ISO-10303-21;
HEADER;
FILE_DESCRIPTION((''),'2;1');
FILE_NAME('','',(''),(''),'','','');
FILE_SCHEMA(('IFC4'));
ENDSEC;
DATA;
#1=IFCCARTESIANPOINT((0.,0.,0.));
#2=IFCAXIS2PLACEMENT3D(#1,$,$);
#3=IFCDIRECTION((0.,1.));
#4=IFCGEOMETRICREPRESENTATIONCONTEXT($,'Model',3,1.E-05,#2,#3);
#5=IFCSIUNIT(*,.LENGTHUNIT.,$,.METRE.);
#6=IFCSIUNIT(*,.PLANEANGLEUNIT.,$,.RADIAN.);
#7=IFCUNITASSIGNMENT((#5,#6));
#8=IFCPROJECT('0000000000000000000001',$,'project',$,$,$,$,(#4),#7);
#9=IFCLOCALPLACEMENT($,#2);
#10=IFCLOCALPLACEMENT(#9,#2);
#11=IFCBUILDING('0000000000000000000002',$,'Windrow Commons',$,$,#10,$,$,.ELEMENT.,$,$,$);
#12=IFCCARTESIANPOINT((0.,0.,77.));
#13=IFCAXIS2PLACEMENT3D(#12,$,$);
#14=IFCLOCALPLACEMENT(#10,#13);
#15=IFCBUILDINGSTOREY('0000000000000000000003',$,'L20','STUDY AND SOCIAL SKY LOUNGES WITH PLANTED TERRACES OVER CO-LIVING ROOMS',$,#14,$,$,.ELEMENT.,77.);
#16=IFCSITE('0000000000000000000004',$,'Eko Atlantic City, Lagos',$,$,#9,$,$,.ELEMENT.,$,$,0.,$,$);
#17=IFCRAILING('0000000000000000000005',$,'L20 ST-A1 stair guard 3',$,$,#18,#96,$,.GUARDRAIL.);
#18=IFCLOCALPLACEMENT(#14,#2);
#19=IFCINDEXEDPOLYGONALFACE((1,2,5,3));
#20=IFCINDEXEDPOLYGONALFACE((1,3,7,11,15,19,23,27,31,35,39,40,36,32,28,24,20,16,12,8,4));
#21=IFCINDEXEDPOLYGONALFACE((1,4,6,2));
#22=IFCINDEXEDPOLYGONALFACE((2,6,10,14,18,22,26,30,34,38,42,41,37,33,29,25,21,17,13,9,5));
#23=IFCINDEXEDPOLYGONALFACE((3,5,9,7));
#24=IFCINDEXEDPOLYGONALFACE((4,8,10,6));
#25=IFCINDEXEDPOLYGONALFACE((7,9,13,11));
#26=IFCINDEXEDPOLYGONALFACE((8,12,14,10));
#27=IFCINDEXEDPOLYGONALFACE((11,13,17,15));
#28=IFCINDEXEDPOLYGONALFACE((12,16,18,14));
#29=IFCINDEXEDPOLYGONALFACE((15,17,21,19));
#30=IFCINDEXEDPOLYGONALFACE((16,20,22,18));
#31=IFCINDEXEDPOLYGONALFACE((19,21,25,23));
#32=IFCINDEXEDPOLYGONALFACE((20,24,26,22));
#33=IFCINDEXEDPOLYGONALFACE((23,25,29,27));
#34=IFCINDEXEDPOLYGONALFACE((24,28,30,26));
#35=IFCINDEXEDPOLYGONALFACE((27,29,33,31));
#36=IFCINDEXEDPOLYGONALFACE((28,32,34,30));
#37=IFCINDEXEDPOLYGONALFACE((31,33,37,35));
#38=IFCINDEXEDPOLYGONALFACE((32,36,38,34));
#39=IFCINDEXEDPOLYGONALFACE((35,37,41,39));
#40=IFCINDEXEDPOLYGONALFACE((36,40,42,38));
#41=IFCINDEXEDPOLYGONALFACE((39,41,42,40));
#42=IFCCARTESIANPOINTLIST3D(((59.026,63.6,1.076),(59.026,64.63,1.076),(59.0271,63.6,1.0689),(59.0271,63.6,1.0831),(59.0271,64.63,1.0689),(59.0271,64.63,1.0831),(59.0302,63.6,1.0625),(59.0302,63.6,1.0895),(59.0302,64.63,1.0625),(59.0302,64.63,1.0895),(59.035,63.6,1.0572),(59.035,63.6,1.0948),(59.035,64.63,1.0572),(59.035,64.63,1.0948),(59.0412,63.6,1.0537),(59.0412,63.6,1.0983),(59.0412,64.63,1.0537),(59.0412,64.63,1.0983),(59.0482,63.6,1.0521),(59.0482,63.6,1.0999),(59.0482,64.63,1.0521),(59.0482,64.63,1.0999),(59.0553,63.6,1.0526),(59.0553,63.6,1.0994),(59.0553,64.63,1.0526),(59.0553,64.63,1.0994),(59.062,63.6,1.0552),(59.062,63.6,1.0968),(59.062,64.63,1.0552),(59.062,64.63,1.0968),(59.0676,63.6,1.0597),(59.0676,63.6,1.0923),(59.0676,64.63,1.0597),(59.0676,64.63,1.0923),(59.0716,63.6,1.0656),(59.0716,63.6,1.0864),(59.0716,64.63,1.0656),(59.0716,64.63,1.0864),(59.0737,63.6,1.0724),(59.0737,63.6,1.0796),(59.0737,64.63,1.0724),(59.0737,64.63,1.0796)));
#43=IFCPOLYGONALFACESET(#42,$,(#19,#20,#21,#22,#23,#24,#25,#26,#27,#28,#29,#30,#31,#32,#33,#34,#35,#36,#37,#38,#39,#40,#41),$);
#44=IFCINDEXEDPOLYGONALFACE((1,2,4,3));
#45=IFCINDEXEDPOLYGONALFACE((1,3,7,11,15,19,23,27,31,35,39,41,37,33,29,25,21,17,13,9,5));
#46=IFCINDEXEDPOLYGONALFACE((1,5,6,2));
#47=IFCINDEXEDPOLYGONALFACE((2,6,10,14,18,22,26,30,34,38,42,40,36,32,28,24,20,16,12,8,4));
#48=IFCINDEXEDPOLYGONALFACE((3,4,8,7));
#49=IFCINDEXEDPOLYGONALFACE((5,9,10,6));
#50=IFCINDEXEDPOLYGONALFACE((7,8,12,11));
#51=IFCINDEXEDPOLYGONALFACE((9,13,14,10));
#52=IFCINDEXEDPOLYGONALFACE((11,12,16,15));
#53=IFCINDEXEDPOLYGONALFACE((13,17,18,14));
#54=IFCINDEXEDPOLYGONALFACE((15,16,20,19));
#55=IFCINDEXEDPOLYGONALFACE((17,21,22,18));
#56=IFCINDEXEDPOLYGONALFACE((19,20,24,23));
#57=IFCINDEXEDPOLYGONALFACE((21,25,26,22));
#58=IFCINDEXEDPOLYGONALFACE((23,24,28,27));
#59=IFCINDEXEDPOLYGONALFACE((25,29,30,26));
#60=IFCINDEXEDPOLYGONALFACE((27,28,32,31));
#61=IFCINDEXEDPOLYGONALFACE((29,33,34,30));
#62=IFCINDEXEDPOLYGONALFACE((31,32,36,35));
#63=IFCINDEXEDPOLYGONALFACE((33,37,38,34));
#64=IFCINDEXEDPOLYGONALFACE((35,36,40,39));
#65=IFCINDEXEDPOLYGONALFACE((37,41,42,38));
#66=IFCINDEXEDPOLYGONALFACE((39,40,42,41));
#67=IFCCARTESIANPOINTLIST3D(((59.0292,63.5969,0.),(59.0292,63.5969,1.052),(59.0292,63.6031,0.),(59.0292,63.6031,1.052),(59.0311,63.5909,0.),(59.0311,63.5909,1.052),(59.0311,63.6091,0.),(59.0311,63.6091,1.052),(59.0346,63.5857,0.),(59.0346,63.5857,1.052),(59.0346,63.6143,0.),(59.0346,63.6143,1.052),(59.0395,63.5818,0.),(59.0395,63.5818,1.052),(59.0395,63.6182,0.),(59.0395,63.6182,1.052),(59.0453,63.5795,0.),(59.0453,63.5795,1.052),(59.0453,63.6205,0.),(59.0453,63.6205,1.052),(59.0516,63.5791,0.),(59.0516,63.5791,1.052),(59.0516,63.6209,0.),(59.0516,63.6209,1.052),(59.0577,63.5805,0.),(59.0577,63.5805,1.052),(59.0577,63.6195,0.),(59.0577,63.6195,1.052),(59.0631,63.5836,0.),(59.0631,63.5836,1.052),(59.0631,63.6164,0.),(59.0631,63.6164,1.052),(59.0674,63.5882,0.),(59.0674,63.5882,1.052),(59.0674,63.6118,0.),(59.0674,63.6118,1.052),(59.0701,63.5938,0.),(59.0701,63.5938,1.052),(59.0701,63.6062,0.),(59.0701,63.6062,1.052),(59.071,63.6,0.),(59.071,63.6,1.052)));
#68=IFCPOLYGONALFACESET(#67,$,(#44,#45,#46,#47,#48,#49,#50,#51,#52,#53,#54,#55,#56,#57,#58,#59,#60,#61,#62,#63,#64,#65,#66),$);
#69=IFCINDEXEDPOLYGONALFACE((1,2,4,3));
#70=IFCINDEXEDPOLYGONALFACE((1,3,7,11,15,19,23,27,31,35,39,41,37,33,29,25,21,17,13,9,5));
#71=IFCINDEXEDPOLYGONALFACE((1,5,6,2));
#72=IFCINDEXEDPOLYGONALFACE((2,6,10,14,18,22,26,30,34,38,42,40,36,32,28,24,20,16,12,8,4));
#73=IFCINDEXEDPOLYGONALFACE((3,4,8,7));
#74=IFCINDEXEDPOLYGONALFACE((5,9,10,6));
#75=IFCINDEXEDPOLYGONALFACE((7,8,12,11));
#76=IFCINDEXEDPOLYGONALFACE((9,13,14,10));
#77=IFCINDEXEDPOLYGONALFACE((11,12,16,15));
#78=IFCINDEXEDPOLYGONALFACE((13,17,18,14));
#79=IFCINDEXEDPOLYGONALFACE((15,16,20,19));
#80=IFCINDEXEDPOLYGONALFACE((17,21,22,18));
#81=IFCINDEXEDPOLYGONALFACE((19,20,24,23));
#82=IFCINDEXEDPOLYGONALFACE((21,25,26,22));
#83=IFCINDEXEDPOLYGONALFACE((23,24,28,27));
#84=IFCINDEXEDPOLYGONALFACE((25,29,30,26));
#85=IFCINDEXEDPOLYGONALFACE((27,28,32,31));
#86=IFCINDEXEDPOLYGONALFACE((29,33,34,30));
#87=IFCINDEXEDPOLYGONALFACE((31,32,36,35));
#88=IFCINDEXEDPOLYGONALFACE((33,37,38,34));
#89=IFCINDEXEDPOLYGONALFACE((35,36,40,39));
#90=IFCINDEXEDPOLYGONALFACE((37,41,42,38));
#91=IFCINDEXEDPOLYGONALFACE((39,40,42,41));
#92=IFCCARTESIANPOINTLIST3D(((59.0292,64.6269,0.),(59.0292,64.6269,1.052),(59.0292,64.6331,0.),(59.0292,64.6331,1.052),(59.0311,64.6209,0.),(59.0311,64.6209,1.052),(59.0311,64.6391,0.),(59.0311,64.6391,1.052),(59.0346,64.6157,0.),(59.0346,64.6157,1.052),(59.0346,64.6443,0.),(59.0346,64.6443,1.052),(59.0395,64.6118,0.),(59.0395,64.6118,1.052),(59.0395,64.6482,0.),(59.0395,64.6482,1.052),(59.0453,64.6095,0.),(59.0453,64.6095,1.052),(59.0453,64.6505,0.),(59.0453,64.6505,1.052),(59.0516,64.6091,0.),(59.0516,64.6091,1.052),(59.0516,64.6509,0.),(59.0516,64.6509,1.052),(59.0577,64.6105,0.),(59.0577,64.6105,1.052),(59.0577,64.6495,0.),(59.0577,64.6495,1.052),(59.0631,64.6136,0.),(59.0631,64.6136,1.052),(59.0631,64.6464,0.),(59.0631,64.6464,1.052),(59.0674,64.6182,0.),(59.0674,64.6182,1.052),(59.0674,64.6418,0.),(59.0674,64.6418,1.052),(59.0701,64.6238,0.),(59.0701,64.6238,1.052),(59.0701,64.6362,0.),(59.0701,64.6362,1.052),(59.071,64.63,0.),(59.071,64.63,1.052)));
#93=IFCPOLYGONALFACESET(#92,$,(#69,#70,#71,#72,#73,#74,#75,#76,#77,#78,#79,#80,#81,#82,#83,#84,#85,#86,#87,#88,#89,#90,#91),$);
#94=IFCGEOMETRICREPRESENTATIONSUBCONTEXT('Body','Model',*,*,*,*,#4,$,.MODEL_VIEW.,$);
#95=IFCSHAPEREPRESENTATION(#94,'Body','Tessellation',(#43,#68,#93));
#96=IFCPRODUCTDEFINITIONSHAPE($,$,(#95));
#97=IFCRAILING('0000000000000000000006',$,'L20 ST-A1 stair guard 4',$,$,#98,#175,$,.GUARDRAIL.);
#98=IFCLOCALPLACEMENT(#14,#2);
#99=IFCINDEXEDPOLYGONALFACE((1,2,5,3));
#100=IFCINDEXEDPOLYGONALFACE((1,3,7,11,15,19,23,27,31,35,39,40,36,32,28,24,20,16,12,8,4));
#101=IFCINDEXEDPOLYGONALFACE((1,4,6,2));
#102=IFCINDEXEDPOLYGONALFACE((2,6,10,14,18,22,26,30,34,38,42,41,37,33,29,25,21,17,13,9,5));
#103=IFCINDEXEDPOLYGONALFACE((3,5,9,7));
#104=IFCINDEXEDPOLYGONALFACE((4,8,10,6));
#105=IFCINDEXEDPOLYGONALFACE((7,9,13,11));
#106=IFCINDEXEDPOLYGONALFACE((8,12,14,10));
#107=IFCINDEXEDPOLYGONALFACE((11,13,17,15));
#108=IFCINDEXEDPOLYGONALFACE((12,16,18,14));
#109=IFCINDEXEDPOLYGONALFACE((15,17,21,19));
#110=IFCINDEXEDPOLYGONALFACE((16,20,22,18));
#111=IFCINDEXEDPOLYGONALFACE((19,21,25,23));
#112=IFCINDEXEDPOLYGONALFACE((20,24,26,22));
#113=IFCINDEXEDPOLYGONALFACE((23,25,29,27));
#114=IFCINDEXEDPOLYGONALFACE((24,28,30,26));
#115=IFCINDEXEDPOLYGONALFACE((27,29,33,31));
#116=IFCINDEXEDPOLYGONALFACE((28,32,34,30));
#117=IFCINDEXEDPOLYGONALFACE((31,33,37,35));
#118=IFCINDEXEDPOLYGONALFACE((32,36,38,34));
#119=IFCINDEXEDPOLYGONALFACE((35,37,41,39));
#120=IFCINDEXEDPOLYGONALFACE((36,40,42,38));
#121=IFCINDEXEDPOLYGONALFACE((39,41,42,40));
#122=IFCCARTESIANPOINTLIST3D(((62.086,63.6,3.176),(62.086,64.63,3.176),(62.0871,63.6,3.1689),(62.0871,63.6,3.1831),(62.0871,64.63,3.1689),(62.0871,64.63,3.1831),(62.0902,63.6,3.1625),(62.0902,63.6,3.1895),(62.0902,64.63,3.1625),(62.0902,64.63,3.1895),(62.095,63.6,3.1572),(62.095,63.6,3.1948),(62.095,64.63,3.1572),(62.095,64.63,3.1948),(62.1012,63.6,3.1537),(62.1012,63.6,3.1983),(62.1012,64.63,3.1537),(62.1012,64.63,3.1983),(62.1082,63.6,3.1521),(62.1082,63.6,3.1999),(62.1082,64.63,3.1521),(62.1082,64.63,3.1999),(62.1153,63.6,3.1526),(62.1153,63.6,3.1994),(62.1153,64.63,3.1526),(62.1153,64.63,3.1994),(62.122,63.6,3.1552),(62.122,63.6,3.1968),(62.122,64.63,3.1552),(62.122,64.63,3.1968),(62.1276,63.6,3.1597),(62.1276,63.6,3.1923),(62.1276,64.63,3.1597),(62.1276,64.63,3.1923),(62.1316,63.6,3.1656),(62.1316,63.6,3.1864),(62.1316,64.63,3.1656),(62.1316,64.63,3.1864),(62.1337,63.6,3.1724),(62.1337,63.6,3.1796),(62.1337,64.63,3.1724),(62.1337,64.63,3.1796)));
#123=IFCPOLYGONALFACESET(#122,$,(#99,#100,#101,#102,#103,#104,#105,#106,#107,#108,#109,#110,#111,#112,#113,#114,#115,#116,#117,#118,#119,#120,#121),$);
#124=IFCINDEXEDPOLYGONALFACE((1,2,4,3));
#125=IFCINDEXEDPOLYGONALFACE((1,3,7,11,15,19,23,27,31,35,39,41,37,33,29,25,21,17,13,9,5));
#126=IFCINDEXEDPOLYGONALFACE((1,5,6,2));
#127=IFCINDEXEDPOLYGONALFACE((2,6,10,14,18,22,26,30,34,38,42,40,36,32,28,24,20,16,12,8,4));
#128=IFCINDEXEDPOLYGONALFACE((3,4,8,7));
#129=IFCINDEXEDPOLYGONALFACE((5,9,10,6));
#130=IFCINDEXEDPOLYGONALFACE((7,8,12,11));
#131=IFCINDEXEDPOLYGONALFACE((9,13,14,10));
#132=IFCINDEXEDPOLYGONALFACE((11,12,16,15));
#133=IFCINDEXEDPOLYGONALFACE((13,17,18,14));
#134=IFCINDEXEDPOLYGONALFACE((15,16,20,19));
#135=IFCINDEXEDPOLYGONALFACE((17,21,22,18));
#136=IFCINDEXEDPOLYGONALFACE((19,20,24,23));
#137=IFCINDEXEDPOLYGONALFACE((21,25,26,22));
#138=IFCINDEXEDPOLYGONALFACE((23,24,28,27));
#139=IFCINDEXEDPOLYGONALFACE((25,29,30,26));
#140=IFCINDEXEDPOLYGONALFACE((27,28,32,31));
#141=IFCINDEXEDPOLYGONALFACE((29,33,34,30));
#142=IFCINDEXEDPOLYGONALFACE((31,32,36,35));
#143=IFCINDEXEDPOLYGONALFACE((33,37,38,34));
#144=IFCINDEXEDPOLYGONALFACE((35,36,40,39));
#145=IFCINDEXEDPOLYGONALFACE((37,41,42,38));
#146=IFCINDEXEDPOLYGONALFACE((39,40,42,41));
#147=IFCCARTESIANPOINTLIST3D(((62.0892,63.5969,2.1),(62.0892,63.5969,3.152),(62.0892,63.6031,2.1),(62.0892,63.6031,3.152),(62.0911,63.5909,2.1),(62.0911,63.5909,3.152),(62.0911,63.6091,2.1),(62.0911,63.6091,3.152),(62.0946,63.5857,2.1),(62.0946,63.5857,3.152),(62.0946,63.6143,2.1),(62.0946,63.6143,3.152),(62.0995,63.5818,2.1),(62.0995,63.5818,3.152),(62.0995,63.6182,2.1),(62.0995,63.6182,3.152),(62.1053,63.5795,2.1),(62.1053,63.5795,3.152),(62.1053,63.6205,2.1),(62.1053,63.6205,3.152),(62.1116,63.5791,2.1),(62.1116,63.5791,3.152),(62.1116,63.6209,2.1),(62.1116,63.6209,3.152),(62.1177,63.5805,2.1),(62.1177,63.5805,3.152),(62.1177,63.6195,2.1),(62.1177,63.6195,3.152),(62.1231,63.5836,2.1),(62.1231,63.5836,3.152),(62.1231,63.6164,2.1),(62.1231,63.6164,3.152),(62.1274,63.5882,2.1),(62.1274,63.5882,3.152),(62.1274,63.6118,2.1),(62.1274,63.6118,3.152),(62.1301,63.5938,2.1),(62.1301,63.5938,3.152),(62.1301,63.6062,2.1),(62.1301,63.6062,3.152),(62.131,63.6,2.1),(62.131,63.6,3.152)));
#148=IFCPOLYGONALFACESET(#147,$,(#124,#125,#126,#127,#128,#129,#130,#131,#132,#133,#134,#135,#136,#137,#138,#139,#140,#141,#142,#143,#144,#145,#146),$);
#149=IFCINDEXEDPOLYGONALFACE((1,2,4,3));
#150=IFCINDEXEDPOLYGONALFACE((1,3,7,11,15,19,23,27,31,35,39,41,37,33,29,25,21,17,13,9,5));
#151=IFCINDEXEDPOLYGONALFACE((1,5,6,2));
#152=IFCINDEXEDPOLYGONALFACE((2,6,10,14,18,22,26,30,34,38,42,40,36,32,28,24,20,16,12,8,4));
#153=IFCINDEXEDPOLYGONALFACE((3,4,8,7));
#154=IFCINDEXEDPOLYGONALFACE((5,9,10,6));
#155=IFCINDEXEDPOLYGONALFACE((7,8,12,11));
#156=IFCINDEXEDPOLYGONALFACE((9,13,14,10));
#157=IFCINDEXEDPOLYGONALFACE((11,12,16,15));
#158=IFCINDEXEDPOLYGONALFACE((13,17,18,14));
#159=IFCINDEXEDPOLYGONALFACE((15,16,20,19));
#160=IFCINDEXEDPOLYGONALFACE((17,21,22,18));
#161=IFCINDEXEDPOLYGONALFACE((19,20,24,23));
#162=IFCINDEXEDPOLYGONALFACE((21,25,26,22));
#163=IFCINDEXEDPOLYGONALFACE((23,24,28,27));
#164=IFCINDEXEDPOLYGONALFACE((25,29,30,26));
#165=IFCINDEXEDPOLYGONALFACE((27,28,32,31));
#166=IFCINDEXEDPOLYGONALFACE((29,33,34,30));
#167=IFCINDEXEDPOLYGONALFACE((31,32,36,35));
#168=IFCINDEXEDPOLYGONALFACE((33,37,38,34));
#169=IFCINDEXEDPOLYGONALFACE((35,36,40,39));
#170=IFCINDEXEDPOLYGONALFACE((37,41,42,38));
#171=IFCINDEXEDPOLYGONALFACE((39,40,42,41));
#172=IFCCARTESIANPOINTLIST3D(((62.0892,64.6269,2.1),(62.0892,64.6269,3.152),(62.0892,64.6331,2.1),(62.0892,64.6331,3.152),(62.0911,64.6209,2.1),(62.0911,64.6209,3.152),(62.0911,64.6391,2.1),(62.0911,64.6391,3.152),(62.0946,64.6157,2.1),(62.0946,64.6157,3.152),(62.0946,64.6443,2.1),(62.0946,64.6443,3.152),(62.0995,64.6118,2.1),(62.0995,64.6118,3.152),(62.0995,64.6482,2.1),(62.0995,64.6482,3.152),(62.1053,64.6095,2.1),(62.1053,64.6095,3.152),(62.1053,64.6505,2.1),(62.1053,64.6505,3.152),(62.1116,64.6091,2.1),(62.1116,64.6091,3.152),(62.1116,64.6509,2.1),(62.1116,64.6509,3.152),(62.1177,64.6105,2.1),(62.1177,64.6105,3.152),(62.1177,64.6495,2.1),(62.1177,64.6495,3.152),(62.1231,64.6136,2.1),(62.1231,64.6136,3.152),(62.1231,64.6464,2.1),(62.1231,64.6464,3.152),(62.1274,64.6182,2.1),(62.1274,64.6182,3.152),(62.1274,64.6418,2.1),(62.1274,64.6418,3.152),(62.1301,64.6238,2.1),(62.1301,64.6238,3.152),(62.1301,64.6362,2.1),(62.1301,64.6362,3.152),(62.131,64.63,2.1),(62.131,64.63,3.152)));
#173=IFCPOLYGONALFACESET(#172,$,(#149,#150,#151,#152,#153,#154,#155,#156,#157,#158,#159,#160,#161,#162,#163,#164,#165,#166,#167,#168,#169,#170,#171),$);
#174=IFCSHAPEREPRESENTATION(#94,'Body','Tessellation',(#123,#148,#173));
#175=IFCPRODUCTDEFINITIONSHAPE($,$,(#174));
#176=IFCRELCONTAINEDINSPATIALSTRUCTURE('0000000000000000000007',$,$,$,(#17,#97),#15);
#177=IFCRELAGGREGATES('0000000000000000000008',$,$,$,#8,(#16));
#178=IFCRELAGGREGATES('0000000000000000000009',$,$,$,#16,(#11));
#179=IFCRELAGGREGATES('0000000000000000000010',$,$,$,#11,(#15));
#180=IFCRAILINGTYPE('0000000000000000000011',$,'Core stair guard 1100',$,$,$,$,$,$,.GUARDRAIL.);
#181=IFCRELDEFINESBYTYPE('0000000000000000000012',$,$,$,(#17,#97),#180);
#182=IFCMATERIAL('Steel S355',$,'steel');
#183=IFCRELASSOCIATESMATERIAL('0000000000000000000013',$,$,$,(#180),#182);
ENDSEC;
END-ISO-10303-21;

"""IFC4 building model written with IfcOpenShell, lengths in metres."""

from ifc_helpers import new_model, si_unit, direction, frame, origin, origin_2d, place, context, subcontext, project, spatial, circle, extrude, material, type_object, element, save


model = new_model("IFC4")

# Units and contexts
model_context = context("Model", 3, precision=1e-05, world=origin(), true_north=direction((0.0, 1.0)))
body_context = subcontext(model_context, "Body", "Model", "MODEL_VIEW")
ifc_project = project(units=[si_unit("LENGTHUNIT", "METRE"), si_unit("PLANEANGLEUNIT", "RADIAN")], contexts=[model_context])

# Site, building, storey
site_placement = place(None, origin())
site = spatial("IfcSite", under=ifc_project, at=site_placement, Name="Eko Atlantic City, Lagos", CompositionType="ELEMENT", RefElevation=0.0)
building_placement = place(site_placement, origin())
building = spatial("IfcBuilding", under=site, at=building_placement, Name="Windrow Commons", CompositionType="ELEMENT")
storey_placement = place(building_placement, frame((0.0, 0.0, 77.0)))
storey = spatial("IfcBuildingStorey", under=building, at=storey_placement, Name="L20", Description="STUDY AND SOCIAL SKY LOUNGES WITH PLANTED TERRACES OVER CO-LIVING ROOMS", CompositionType="ELEMENT", Elevation=77.0)

# Railings
ifc_material_1 = material(Name="Steel S355", Category="steel")
railing_type_1 = type_object("IfcRailingType", Name="Core stair guard 1100", PredefinedType="GUARDRAIL", material=ifc_material_1)
for number, where, name in (
    (1, (59.05, 63.6, 0.0), "L20 ST-A1 stair guard 3"),
    (2, (62.11, 63.6, 2.1), "L20 ST-A1 stair guard 4"),
):
    element("IfcRailing", number, at=place(storey_placement, frame(where)), inside=storey, type_object=railing_type_1, Name=name, PredefinedType="GUARDRAIL", context=body_context, shape_type="SweptSolid", body=[
        extrude(circle(Radius=0.024, at=origin_2d()), frame((0.0, 0.0, 1.076), z_axis=(0.0, 1.0, 0.0), x_axis=(-1.0, 0.0, 0.0)), (0.0, 0.0, 1.0), 1.03),
        extrude(circle(Radius=0.021, at=origin_2d()), origin(), (0.0, 0.0, 1.0), 1.052),
        extrude(circle(Radius=0.021, at=origin_2d()), frame((0.0, 1.03, 0.0)), (0.0, 0.0, 1.0), 1.052),
    ])

save(model, "model.ifc")
